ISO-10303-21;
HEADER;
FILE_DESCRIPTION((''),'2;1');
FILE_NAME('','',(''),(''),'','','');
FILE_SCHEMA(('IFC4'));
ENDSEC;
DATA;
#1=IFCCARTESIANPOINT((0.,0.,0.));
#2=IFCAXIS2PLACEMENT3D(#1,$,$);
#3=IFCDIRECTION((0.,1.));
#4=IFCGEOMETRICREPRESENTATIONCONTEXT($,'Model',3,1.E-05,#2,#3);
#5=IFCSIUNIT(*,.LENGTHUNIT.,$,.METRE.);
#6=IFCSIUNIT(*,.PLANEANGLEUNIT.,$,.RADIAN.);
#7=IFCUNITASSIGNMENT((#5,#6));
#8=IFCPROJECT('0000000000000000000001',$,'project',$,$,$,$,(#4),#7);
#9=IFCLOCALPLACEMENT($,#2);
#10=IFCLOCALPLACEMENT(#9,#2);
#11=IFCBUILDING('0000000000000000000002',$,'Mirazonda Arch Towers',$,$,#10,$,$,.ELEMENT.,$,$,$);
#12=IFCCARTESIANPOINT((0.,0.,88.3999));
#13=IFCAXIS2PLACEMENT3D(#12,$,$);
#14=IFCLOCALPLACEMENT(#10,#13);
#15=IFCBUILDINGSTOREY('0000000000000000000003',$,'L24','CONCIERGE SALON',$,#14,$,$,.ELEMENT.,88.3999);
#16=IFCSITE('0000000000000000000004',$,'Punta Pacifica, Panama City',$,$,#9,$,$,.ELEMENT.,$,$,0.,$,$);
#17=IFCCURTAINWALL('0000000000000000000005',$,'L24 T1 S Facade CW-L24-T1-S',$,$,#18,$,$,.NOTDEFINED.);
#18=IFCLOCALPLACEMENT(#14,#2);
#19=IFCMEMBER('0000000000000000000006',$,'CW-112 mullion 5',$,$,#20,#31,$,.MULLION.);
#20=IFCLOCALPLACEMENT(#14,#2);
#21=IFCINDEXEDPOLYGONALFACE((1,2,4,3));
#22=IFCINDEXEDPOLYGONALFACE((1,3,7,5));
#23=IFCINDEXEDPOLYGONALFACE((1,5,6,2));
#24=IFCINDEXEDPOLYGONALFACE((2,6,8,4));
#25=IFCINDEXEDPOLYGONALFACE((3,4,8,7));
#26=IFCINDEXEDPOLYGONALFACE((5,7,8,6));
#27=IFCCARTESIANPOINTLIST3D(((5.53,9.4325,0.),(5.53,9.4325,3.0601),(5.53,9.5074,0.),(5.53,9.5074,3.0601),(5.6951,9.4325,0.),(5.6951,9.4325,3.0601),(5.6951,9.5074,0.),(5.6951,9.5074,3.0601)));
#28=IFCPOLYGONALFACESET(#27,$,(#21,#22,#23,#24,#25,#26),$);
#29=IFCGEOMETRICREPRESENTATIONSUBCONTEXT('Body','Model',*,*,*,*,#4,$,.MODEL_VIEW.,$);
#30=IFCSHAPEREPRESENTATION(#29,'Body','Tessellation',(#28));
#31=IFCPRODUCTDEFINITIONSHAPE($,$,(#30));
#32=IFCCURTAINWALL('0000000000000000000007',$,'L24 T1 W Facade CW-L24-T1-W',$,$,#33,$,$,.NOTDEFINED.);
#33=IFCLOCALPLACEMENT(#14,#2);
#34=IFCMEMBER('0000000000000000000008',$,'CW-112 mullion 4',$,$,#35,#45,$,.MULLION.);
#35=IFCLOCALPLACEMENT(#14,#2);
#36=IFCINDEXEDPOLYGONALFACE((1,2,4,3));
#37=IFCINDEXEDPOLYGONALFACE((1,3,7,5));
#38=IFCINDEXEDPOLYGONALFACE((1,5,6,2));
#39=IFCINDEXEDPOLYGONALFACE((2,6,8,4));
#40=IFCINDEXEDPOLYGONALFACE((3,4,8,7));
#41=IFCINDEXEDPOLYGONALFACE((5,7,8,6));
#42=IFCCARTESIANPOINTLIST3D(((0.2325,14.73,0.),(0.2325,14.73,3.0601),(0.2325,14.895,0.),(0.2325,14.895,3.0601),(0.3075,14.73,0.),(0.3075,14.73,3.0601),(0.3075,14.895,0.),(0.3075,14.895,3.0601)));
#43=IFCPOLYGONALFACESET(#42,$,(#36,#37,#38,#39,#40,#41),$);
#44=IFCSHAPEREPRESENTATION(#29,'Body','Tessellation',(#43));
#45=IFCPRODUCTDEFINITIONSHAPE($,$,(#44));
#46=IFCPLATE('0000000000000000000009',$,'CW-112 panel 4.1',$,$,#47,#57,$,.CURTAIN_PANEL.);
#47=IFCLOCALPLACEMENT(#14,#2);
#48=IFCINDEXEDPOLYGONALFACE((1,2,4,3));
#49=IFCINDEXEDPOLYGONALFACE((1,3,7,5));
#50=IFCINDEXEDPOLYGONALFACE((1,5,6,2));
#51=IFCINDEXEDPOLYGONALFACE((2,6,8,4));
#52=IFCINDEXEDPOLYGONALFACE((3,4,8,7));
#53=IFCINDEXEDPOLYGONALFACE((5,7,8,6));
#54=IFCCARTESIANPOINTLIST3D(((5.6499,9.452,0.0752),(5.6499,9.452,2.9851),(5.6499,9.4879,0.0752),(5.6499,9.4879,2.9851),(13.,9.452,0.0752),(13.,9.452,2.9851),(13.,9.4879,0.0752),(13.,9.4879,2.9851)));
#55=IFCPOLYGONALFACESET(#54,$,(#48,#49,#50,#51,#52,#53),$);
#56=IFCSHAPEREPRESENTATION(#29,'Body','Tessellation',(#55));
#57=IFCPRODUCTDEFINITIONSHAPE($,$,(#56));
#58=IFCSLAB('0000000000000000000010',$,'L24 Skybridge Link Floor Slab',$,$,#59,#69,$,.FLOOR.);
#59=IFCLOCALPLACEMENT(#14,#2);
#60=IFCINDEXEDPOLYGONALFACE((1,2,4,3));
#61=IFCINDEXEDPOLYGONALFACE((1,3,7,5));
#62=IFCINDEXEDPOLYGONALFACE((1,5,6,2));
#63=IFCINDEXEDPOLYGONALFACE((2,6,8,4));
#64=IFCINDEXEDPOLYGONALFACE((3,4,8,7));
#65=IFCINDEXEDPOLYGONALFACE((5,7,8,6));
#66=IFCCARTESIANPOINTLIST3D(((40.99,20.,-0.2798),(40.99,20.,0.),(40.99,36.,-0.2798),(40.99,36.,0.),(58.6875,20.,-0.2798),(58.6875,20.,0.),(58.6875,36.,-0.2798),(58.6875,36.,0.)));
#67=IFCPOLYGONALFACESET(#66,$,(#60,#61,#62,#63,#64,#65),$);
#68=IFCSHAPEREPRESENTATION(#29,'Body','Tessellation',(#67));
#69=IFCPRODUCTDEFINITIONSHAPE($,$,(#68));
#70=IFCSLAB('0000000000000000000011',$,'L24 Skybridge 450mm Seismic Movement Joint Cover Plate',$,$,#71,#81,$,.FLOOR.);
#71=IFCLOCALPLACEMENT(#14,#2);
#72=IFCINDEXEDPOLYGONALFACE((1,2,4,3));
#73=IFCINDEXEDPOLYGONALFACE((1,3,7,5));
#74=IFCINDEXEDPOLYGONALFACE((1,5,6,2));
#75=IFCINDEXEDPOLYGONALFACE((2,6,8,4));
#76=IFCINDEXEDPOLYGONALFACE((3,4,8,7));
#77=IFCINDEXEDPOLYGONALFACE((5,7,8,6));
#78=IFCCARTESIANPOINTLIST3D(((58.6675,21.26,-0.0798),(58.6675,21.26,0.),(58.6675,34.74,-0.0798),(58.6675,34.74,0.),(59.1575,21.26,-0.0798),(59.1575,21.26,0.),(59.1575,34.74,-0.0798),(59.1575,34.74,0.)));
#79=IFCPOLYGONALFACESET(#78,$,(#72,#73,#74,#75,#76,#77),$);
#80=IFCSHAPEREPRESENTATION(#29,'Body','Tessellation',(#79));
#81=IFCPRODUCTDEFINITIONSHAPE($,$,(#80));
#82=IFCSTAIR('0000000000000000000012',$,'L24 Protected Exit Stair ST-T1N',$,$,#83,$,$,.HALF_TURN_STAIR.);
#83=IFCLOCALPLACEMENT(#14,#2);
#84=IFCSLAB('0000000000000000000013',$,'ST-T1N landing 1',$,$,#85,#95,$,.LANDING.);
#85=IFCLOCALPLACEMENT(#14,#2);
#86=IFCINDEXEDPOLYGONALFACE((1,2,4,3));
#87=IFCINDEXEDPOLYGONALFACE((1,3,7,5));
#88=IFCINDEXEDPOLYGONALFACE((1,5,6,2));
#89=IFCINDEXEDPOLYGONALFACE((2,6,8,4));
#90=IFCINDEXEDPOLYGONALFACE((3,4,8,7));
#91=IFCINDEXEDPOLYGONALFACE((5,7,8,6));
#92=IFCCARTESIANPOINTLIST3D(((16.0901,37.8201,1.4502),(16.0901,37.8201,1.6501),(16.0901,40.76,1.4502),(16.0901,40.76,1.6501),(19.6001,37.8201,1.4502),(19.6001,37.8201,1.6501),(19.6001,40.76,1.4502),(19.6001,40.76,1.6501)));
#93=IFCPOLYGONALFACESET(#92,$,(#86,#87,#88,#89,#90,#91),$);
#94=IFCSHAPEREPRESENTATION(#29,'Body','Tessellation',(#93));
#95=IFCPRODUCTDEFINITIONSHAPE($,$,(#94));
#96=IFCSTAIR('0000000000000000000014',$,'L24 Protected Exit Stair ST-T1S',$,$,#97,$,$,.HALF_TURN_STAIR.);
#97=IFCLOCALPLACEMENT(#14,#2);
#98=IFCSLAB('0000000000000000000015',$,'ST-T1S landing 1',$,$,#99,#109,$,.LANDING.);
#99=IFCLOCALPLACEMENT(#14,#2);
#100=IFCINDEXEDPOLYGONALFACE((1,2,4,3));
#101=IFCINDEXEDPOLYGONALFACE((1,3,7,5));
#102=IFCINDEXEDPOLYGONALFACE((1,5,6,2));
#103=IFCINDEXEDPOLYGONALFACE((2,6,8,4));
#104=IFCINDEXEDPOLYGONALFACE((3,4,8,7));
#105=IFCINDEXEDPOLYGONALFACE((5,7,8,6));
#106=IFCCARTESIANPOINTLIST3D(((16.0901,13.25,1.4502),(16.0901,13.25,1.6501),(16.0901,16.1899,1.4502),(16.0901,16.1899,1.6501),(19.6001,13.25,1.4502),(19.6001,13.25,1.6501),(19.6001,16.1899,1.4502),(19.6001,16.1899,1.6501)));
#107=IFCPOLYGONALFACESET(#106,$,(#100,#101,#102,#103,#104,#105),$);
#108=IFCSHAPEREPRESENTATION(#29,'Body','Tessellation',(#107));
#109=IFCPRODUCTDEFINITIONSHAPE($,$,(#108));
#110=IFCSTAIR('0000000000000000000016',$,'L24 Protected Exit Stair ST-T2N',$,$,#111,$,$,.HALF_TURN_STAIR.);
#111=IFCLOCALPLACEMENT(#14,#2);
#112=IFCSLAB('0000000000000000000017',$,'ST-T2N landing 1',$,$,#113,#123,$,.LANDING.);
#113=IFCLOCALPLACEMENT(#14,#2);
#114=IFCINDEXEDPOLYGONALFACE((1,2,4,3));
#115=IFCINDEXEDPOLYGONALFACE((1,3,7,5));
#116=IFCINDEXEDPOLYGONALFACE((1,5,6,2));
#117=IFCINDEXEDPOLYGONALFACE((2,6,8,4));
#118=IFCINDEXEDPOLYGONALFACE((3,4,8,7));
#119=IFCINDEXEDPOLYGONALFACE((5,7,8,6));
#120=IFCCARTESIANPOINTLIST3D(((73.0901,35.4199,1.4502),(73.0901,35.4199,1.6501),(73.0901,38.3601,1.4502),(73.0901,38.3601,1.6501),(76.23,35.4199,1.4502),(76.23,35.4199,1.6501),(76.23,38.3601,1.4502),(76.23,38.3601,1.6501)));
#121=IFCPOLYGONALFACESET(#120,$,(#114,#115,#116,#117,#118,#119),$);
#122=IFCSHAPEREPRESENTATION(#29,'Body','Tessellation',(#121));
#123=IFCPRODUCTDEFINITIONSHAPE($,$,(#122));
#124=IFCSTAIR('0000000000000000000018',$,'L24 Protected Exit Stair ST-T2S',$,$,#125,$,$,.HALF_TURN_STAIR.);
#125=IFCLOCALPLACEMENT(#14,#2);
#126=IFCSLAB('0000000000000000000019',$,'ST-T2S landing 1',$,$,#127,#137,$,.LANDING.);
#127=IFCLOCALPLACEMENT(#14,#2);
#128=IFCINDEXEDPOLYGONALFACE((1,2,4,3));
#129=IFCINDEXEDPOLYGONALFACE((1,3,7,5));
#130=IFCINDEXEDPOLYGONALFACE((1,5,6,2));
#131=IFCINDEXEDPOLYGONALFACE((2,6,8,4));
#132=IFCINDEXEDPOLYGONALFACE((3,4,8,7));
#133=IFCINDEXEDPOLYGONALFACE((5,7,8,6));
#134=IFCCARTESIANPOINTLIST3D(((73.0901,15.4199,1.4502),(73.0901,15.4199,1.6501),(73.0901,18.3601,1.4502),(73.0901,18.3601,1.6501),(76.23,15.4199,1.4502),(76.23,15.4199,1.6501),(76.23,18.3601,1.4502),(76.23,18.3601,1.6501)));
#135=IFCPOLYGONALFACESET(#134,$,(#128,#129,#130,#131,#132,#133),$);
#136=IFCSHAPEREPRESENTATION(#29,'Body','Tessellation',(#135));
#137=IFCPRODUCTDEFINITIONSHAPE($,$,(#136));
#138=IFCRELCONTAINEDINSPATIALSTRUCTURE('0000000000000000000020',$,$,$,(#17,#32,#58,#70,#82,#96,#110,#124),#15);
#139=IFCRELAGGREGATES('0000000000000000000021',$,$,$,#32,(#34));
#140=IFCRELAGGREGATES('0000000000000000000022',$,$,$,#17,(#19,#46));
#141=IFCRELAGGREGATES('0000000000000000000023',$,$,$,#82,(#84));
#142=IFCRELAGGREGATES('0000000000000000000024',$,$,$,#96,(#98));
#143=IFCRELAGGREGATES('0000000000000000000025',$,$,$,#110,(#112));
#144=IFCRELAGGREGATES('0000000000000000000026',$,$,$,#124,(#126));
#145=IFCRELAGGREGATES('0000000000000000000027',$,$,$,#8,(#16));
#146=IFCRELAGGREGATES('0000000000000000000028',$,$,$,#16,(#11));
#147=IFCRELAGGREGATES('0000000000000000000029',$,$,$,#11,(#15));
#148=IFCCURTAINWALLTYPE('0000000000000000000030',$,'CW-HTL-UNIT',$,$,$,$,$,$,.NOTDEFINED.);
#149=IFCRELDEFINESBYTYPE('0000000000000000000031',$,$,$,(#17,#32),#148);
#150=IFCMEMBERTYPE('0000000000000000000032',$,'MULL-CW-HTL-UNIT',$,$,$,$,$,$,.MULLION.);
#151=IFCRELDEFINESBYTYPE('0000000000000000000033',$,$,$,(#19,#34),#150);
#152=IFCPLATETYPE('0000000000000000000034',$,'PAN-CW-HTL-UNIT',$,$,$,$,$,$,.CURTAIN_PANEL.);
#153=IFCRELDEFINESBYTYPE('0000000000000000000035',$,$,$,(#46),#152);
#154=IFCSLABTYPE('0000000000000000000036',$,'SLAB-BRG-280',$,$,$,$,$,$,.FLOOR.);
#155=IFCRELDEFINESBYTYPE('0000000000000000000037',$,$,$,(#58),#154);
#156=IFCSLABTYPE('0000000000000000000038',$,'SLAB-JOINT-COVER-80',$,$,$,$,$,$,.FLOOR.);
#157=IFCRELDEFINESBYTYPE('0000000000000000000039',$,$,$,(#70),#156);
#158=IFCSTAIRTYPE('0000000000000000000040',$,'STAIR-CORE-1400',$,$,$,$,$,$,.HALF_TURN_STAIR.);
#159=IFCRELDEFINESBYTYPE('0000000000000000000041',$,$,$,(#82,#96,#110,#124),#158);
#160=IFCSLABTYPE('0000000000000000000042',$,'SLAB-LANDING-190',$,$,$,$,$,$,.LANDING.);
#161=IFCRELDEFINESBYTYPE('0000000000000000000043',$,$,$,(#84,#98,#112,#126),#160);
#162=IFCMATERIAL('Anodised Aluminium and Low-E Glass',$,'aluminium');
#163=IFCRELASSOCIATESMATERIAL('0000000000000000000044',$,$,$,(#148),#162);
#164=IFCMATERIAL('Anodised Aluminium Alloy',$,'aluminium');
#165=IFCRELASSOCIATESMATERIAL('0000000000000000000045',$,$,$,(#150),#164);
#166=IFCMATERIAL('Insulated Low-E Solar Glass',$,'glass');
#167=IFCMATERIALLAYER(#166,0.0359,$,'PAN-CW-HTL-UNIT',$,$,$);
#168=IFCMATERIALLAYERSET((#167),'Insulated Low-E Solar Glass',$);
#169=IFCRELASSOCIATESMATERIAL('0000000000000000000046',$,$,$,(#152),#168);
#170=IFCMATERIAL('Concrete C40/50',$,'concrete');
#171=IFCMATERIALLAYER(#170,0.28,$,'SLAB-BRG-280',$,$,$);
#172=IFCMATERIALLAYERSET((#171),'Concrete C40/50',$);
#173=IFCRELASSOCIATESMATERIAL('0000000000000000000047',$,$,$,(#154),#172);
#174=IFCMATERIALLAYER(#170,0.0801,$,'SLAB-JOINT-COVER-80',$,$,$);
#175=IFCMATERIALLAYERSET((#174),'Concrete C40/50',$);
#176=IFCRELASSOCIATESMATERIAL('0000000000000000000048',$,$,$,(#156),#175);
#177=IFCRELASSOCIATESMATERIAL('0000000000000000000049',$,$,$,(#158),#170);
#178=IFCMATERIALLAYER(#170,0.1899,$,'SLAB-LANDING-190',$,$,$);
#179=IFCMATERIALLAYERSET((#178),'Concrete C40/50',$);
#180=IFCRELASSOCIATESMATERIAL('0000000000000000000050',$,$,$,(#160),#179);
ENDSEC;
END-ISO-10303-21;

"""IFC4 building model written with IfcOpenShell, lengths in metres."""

from ifc_helpers import new_model, si_unit, direction, frame, origin, origin_2d, place, context, subcontext, project, spatial, polyline, rectangle, outline, extrude, material, layer, layer_set, material_profile, profile_set, type_object, element, aggregate, save


model = new_model("IFC4")

# Units and contexts
model_context = context("Model", 3, precision=1e-05, world=origin(), true_north=direction((0.0, 1.0)))
body_context = subcontext(model_context, "Body", "Model", "MODEL_VIEW")
ifc_project = project(units=[si_unit("LENGTHUNIT", "METRE"), si_unit("PLANEANGLEUNIT", "RADIAN")], contexts=[model_context])

# Site, building, storey
site_placement = place(None, origin())
site = spatial("IfcSite", under=ifc_project, at=site_placement, Name="Punta Pacifica, Panama City", CompositionType="ELEMENT", RefElevation=0.0)
building_placement = place(site_placement, origin())
building = spatial("IfcBuilding", under=site, at=building_placement, Name="Mirazonda Arch Towers", CompositionType="ELEMENT")
storey_placement = place(building_placement, frame((0.0, 0.0, 88.3999)))
storey = spatial("IfcBuildingStorey", under=building, at=storey_placement, Name="L24", Description="CONCIERGE SALON", CompositionType="ELEMENT", Elevation=88.3999)

# Curtain walls, members
ifc_material_1 = material(Name="Anodised Aluminium and Low-E Glass", Category="aluminium")
curtain_wall_type = type_object("IfcCurtainWallType", Name="CW-HTL-UNIT", PredefinedType="NOTDEFINED", material=ifc_material_1)
curtain_wall_1_placement = place(storey_placement, origin())
curtain_wall_1 = element("IfcCurtainWall", 1, at=curtain_wall_1_placement, inside=storey, type_object=curtain_wall_type, Name="L24 T1 S Facade CW-L24-T1-S", PredefinedType="NOTDEFINED")
ifc_material_2 = material(Name="Anodised Aluminium Alloy", Category="aluminium")
ifc_material_profile = material_profile(ifc_material_2, rectangle(XDim=0.075, YDim=0.165, at=origin_2d()), Name="ALU-MULL-75x165")
ifc_profile_set = profile_set([ifc_material_profile], Name="Anodised Aluminium Alloy")
member_type = type_object("IfcMemberType", Name="MULL-CW-HTL-UNIT", PredefinedType="MULLION", material=ifc_profile_set)
member_1_placement = place(storey_placement, frame((5.6125, 9.47, 0.0), z_axis=(0.0, 0.0, 1.0), x_axis=(0.0, -1.0, 0.0)))
member_1 = element("IfcMember", 2, at=member_1_placement, type_object=member_type, Name="CW-112 mullion 5", PredefinedType="MULLION", context=body_context, shape_type="SweptSolid", body=[
    extrude(rectangle(XDim=0.075, YDim=0.165, at=origin_2d()), origin(), (0.0, 0.0, 1.0), 3.0601),
])
curtain_wall_2_placement = place(storey_placement, origin())
curtain_wall_2 = element("IfcCurtainWall", 3, at=curtain_wall_2_placement, inside=storey, type_object=curtain_wall_type, Name="L24 T1 W Facade CW-L24-T1-W", PredefinedType="NOTDEFINED")
member_2_placement = place(storey_placement, frame((0.27, 14.8125, 0.0), z_axis=(0.0, 0.0, 1.0), x_axis=(1.0, 0.0, 0.0)))
member_2 = element("IfcMember", 4, at=member_2_placement, type_object=member_type, Name="CW-112 mullion 4", PredefinedType="MULLION", context=body_context, shape_type="SweptSolid", body=[
    extrude(rectangle(XDim=0.075, YDim=0.165, at=origin_2d()), origin(), (0.0, 0.0, 1.0), 3.0601),
])
aggregate(curtain_wall_2, [member_2])

# Plate
ifc_material_3 = material(Name="Insulated Low-E Solar Glass", Category="glass")
ifc_layer_1 = layer(ifc_material_3, 0.0359, Name="PAN-CW-HTL-UNIT")
ifc_layer_set_1 = layer_set([ifc_layer_1], Name="Insulated Low-E Solar Glass")
plate_type = type_object("IfcPlateType", Name="PAN-CW-HTL-UNIT", PredefinedType="CURTAIN_PANEL", material=ifc_layer_set_1)
plate_placement = place(storey_placement, frame((9.325, 9.47, 0.0752), z_axis=(0.0, 0.0, 1.0), x_axis=(-1.0, 0.0, 0.0)))
plate = element("IfcPlate", 5, at=plate_placement, type_object=plate_type, Name="CW-112 panel 4.1", PredefinedType="CURTAIN_PANEL", context=body_context, shape_type="SweptSolid", body=[
    extrude(rectangle(XDim=7.3501, YDim=0.0359, at=origin_2d()), origin(), (0.0, 0.0, 1.0), 2.9099),
])
aggregate(curtain_wall_1, [member_1, plate])

# Slabs
ifc_material_4 = material(Name="Concrete C40/50", Category="concrete")
ifc_layer_2 = layer(ifc_material_4, 0.28, Name="SLAB-BRG-280")
ifc_layer_set_2 = layer_set([ifc_layer_2], Name="Concrete C40/50")
slab_type_1 = type_object("IfcSlabType", Name="SLAB-BRG-280", PredefinedType="FLOOR", material=ifc_layer_set_2)
slab_1_placement = place(storey_placement, frame((0.0, 0.0, -0.2798)))
element("IfcSlab", 6, at=slab_1_placement, inside=storey, type_object=slab_type_1, Name="L24 Skybridge Link Floor Slab", PredefinedType="FLOOR", context=body_context, shape_type="SweptSolid", body=[
    extrude(outline(polyline([(58.6875, 20.0), (58.6875, 36.0), (40.99, 36.0), (40.99, 20.0), (58.6875, 20.0)])), origin(), (0.0, 0.0, 1.0), 0.2798),
])
ifc_layer_3 = layer(ifc_material_4, 0.0801, Name="SLAB-JOINT-COVER-80")
ifc_layer_set_3 = layer_set([ifc_layer_3], Name="Concrete C40/50")
slab_type_2 = type_object("IfcSlabType", Name="SLAB-JOINT-COVER-80", PredefinedType="FLOOR", material=ifc_layer_set_3)
slab_2_placement = place(storey_placement, frame((0.0, 0.0, -0.0798)))
element("IfcSlab", 7, at=slab_2_placement, inside=storey, type_object=slab_type_2, Name="L24 Skybridge 450mm Seismic Movement Joint Cover Plate", PredefinedType="FLOOR", context=body_context, shape_type="SweptSolid", body=[
    extrude(outline(polyline([(58.6675, 21.26), (59.1575, 21.26), (59.1575, 34.74), (58.6675, 34.74), (58.6675, 21.26)])), origin(), (0.0, 0.0, 1.0), 0.0798),
])

# Stairs, slabs
stair_type = type_object("IfcStairType", Name="STAIR-CORE-1400", PredefinedType="HALF_TURN_STAIR", material=ifc_material_4)
stair_1_placement = place(storey_placement, origin())
stair_1 = element("IfcStair", 8, at=stair_1_placement, inside=storey, type_object=stair_type, Name="L24 Protected Exit Stair ST-T1N", PredefinedType="HALF_TURN_STAIR")
ifc_layer_4 = layer(ifc_material_4, 0.1899, Name="SLAB-LANDING-190")
ifc_layer_set_4 = layer_set([ifc_layer_4], Name="Concrete C40/50")
slab_type_3 = type_object("IfcSlabType", Name="SLAB-LANDING-190", PredefinedType="LANDING", material=ifc_layer_set_4)
slab_3_placement = place(storey_placement, frame((0.0, 0.0, 1.4502)))
slab_3 = element("IfcSlab", 9, at=slab_3_placement, type_object=slab_type_3, Name="ST-T1N landing 1", PredefinedType="LANDING", context=body_context, shape_type="SweptSolid", body=[
    extrude(outline(polyline([(16.0901, 37.8201), (19.6001, 37.8201), (19.6001, 40.76), (16.0901, 40.76), (16.0901, 37.8201)])), origin(), (0.0, 0.0, 1.0), 0.2),
])
aggregate(stair_1, [slab_3])
stair_2_placement = place(storey_placement, origin())
stair_2 = element("IfcStair", 10, at=stair_2_placement, inside=storey, type_object=stair_type, Name="L24 Protected Exit Stair ST-T1S", PredefinedType="HALF_TURN_STAIR")
slab_4_placement = place(storey_placement, frame((0.0, 0.0, 1.4502)))
slab_4 = element("IfcSlab", 11, at=slab_4_placement, type_object=slab_type_3, Name="ST-T1S landing 1", PredefinedType="LANDING", context=body_context, shape_type="SweptSolid", body=[
    extrude(outline(polyline([(16.0901, 13.25), (19.6001, 13.25), (19.6001, 16.1899), (16.0901, 16.1899), (16.0901, 13.25)])), origin(), (0.0, 0.0, 1.0), 0.2),
])
aggregate(stair_2, [slab_4])
stair_3_placement = place(storey_placement, origin())
stair_3 = element("IfcStair", 12, at=stair_3_placement, inside=storey, type_object=stair_type, Name="L24 Protected Exit Stair ST-T2N", PredefinedType="HALF_TURN_STAIR")
slab_5_placement = place(storey_placement, frame((0.0, 0.0, 1.4502)))
slab_5 = element("IfcSlab", 13, at=slab_5_placement, type_object=slab_type_3, Name="ST-T2N landing 1", PredefinedType="LANDING", context=body_context, shape_type="SweptSolid", body=[
    extrude(outline(polyline([(73.0901, 35.4199), (76.23, 35.4199), (76.23, 38.3601), (73.0901, 38.3601), (73.0901, 35.4199)])), origin(), (0.0, 0.0, 1.0), 0.2),
])
aggregate(stair_3, [slab_5])
stair_4_placement = place(storey_placement, origin())
stair_4 = element("IfcStair", 14, at=stair_4_placement, inside=storey, type_object=stair_type, Name="L24 Protected Exit Stair ST-T2S", PredefinedType="HALF_TURN_STAIR")
slab_6_placement = place(storey_placement, frame((0.0, 0.0, 1.4502)))
slab_6 = element("IfcSlab", 15, at=slab_6_placement, type_object=slab_type_3, Name="ST-T2S landing 1", PredefinedType="LANDING", context=body_context, shape_type="SweptSolid", body=[
    extrude(outline(polyline([(73.0901, 15.4199), (76.23, 15.4199), (76.23, 18.3601), (73.0901, 18.3601), (73.0901, 15.4199)])), origin(), (0.0, 0.0, 1.0), 0.2),
])
aggregate(stair_4, [slab_6])

save(model, "model.ifc")
